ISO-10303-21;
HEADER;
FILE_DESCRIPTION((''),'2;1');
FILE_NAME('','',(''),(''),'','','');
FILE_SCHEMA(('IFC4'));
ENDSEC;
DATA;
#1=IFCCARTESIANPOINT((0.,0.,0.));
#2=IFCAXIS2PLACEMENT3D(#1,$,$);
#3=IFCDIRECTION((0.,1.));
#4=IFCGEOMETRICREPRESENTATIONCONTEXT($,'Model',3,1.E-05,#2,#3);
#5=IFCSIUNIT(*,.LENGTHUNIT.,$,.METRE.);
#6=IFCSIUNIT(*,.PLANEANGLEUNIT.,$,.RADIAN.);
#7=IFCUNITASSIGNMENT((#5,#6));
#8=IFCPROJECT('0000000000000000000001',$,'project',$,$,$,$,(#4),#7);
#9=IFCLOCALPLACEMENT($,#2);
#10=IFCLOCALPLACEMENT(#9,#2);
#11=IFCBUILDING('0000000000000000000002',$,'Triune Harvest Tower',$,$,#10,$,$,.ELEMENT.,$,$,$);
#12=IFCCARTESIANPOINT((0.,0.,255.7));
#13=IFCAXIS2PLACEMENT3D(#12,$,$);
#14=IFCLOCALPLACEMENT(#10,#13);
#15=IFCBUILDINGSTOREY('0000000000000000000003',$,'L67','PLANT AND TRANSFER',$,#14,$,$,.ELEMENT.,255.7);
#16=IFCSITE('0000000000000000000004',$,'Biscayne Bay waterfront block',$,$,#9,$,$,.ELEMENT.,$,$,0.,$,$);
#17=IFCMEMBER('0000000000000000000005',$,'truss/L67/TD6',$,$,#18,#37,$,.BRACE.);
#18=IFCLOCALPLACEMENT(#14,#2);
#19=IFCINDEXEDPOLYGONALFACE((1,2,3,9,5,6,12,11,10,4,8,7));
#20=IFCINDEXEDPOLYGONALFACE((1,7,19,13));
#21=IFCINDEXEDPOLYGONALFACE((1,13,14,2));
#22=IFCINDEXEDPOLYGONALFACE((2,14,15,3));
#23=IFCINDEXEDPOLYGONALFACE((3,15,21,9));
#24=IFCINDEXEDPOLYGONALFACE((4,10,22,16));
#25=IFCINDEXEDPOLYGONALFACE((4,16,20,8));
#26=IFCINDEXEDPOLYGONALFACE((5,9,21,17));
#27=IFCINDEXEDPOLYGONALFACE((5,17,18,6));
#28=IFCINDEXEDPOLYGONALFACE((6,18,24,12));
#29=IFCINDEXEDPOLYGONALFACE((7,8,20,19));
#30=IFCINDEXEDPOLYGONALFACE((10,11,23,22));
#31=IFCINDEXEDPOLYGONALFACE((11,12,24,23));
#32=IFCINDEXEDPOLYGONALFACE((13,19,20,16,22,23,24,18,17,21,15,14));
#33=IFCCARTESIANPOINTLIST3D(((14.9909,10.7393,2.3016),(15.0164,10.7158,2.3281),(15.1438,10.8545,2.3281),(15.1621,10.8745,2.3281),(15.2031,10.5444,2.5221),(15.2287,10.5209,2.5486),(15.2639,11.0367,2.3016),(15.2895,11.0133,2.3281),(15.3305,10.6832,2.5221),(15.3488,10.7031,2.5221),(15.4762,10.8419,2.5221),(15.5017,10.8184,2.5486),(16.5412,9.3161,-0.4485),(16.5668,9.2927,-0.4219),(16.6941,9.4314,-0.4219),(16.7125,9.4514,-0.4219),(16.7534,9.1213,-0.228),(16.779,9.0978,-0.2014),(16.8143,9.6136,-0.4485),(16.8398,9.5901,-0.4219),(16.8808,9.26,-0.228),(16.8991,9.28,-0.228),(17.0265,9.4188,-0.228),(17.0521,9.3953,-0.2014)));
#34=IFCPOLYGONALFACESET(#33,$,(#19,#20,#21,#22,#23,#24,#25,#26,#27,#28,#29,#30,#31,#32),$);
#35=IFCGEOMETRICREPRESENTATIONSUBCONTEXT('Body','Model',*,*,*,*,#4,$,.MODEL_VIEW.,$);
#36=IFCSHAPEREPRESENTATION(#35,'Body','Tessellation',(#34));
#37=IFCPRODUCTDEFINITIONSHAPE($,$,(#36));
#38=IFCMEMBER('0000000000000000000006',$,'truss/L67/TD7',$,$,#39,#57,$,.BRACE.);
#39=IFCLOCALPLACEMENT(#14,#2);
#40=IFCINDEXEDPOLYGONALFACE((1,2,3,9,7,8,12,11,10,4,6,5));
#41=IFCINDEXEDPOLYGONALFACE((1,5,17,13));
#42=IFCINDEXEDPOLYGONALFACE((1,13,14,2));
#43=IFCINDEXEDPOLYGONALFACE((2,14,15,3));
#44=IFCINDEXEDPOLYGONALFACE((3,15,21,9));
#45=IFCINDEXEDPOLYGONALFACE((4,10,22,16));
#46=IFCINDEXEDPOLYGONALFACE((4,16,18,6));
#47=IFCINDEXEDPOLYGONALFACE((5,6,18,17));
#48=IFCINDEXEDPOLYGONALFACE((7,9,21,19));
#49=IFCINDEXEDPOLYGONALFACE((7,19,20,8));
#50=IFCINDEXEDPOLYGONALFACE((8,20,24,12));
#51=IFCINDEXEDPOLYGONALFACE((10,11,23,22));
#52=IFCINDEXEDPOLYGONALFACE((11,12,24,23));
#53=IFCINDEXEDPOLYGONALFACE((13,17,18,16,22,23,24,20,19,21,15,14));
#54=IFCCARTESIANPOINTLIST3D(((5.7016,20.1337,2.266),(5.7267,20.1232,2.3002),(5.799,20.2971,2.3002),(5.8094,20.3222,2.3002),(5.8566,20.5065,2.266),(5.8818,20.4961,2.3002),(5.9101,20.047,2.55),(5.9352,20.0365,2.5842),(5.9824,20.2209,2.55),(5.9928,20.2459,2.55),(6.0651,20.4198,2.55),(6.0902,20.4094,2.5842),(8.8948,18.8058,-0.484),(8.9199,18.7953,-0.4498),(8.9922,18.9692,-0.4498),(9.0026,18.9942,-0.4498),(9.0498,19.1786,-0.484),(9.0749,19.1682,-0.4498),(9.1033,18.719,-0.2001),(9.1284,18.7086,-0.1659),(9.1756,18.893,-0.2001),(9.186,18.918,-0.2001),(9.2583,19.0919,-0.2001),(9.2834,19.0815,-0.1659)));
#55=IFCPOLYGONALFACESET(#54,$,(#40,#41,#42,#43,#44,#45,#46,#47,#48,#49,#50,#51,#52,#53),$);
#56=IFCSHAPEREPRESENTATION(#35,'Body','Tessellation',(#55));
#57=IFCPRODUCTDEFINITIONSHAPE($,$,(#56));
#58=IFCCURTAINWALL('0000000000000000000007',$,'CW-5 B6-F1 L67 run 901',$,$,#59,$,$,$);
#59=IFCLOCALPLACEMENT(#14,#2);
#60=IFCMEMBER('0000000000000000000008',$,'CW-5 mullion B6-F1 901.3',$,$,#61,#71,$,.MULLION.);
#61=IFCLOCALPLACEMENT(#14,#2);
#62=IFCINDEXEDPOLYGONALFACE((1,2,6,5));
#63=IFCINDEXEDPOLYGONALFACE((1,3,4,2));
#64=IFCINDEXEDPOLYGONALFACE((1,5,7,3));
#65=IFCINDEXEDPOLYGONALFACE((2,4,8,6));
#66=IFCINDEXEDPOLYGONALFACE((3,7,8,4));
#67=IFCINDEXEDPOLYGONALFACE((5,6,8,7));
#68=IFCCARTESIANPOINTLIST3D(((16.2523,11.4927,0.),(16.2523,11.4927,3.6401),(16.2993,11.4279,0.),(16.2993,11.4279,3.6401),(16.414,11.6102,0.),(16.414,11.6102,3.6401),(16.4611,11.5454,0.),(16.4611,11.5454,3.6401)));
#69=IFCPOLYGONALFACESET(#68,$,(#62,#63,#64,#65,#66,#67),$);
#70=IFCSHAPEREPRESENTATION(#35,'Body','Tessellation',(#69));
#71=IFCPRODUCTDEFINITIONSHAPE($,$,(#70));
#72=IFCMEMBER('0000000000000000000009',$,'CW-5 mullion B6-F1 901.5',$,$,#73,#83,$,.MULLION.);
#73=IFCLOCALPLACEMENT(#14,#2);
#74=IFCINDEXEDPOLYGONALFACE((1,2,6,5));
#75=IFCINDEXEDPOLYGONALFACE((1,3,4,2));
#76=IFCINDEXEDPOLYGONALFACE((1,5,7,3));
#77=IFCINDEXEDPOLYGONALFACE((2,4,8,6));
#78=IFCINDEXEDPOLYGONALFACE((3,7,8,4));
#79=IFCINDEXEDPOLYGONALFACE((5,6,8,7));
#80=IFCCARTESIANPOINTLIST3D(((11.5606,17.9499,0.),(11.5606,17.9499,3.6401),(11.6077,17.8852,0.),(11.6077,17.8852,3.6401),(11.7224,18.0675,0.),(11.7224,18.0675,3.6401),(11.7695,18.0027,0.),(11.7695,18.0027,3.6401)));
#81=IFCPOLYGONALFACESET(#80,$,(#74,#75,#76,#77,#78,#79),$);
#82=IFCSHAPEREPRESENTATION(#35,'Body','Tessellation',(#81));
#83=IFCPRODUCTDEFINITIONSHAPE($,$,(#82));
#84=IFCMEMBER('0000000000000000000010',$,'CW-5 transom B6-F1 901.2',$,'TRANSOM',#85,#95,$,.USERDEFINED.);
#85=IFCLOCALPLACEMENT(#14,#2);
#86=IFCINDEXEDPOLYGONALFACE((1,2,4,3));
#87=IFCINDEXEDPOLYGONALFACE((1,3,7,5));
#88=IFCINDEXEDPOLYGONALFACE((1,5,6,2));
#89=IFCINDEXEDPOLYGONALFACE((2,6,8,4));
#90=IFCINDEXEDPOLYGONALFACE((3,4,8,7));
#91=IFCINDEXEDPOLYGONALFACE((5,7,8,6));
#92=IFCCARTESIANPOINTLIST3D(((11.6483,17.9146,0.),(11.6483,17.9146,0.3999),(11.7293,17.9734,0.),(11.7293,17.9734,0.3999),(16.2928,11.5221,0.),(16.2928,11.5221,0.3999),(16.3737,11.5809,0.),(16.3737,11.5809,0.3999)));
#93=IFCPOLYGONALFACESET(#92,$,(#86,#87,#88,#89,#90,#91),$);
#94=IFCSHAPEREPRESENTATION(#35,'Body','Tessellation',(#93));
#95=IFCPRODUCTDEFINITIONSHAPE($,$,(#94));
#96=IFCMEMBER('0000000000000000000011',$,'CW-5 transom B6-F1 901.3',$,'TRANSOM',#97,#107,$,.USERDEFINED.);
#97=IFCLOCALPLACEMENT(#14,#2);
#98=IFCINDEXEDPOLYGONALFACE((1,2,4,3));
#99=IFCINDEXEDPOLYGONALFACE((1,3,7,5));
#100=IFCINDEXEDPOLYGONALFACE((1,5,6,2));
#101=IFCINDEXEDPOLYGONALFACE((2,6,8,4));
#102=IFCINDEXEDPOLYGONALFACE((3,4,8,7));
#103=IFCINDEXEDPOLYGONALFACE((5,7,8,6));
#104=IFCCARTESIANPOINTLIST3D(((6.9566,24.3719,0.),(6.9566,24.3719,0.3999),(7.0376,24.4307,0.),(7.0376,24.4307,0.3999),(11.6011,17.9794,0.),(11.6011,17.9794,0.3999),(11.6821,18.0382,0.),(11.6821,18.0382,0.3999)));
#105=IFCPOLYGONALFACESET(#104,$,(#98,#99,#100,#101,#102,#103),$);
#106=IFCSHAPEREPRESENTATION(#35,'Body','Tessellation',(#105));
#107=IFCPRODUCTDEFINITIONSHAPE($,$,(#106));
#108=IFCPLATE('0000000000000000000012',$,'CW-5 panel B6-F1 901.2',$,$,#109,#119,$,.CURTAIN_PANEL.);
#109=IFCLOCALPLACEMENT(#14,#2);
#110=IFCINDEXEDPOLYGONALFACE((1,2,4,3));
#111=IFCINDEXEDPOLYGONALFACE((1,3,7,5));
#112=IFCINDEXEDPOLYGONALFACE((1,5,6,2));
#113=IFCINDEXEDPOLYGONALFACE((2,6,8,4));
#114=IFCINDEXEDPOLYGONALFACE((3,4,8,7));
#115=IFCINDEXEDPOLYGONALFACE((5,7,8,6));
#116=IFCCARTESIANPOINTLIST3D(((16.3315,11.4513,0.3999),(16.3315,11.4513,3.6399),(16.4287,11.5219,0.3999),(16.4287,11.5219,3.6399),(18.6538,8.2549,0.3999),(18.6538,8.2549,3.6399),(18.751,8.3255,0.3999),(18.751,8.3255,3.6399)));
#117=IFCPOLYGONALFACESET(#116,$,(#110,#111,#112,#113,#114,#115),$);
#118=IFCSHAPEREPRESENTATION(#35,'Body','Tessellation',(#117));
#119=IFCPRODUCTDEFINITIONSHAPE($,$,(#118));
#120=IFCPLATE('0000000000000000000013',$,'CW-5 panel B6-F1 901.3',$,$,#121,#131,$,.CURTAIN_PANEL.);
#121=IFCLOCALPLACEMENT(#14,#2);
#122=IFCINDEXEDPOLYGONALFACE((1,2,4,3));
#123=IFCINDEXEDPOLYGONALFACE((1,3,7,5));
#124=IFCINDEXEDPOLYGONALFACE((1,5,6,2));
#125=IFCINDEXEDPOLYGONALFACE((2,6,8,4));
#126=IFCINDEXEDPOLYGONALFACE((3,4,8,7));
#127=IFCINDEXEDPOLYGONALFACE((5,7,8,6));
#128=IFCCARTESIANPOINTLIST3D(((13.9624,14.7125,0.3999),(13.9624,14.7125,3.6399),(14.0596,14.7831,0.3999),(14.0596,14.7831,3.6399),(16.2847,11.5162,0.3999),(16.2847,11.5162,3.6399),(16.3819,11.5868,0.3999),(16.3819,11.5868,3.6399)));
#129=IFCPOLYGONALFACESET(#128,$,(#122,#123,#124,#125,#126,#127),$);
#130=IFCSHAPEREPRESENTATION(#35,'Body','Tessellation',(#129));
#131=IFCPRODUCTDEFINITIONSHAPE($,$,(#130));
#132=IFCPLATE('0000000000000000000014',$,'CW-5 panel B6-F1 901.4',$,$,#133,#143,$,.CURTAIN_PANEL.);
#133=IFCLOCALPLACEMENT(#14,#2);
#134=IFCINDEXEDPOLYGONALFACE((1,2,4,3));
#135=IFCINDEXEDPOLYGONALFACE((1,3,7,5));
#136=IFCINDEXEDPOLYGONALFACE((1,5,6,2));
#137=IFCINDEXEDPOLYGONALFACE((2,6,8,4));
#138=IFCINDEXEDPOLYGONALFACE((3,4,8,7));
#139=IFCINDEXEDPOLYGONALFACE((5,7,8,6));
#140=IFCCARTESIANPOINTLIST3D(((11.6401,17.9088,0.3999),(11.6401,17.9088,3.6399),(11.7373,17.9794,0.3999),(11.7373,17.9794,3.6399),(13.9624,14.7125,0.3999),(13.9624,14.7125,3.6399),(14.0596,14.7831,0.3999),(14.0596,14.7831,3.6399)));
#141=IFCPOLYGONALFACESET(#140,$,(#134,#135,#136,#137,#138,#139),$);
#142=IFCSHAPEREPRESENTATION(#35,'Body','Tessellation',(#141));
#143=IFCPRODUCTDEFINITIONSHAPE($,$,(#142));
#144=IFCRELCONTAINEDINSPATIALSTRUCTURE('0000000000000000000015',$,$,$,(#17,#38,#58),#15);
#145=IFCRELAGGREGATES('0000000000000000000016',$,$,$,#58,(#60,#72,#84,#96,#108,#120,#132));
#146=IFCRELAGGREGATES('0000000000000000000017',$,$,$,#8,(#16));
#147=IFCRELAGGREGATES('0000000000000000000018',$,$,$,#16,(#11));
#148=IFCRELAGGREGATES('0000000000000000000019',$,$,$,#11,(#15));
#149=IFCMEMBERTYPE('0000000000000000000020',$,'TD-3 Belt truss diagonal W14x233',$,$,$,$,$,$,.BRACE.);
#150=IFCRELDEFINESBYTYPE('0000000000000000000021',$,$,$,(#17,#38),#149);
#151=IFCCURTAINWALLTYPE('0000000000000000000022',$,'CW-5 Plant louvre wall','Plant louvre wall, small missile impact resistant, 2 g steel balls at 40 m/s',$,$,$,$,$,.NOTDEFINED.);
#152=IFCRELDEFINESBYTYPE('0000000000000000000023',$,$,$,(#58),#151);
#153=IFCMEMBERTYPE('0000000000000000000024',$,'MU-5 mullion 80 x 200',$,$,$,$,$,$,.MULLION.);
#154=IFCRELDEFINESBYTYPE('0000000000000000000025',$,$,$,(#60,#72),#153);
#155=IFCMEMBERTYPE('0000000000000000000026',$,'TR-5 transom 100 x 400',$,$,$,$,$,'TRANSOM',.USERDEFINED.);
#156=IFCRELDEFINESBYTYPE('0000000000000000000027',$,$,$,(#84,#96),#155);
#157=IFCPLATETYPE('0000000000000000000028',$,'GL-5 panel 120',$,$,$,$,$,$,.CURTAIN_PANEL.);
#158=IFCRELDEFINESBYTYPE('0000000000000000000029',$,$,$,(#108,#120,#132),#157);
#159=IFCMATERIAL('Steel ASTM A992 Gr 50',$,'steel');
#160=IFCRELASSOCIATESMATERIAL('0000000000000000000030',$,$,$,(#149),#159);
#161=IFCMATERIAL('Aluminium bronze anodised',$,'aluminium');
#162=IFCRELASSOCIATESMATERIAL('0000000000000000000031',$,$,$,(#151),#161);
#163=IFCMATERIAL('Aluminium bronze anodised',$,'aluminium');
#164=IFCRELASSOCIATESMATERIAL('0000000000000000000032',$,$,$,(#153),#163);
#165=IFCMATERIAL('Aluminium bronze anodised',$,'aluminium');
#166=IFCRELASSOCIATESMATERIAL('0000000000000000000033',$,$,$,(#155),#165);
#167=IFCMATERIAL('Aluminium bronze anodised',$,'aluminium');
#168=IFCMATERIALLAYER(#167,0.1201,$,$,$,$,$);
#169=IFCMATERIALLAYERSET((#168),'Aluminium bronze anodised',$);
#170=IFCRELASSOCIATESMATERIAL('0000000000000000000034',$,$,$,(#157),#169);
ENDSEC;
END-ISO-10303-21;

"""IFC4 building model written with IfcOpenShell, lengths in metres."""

from ifc_helpers import new_model, si_unit, direction, frame, origin, origin_2d, place, context, subcontext, project, spatial, rectangle, i_section, extrude, source, transform, mapped, material, layer, layer_set, material_profile, profile_set, type_object, element, aggregate, save


model = new_model("IFC4")

# Units and contexts
model_context = context("Model", 3, precision=1e-05, world=origin(), true_north=direction((0.0, 1.0)))
body_context = subcontext(model_context, "Body", "Model", "MODEL_VIEW")
ifc_project = project(units=[si_unit("LENGTHUNIT", "METRE"), si_unit("PLANEANGLEUNIT", "RADIAN")], contexts=[model_context])

# Site, building, storey
site_placement = place(None, origin())
site = spatial("IfcSite", under=ifc_project, at=site_placement, Name="Biscayne Bay waterfront block", CompositionType="ELEMENT", RefElevation=0.0)
building_placement = place(site_placement, origin())
building = spatial("IfcBuilding", under=site, at=building_placement, Name="Triune Harvest Tower", CompositionType="ELEMENT")
storey_placement = place(building_placement, frame((0.0, 0.0, 255.7)))
storey = spatial("IfcBuildingStorey", under=building, at=storey_placement, Name="L67", Description="PLANT AND TRANSFER", CompositionType="ELEMENT", Elevation=255.7)

# Members
ifc_material_1 = material(Name="Steel ASTM A992 Gr 50", Category="steel")
ifc_material_profile_1 = material_profile(ifc_material_1, i_section(OverallWidth=0.4038, OverallDepth=0.4065, WebThickness=0.0271, FlangeThickness=0.0437, at=origin_2d()), Name="W14x233")
ifc_profile_set_1 = profile_set([ifc_material_profile_1], Name="Steel ASTM A992 Gr 50")
member_type_1 = type_object("IfcMemberType", Name="TD-3 Belt truss diagonal W14x233", PredefinedType="BRACE", material=ifc_profile_set_1)
shared_shape_1 = source(origin(), body_context, "Body", "SweptSolid", [
    extrude(i_section(OverallWidth=0.4038, OverallDepth=0.4065, WebThickness=0.0271, FlangeThickness=0.0437, at=origin_2d()), origin(), (0.0, 0.0, 1.0), 3.4629),
])
member_1_placement = place(storey_placement, frame((16.7966, 9.3557, -0.325), z_axis=(-0.447697, 0.410965, 0.794151), x_axis=(-0.676239, -0.736682, 0.0)))
element("IfcMember", 1, at=member_1_placement, inside=storey, type_object=member_type_1, Name="truss/L67/TD6", PredefinedType="BRACE", context=body_context, shape_type="MappedRepresentation", body=[
    mapped(shared_shape_1, transform((0.0, 0.0, 0.0), scale=1.0)),
])
shared_shape_2 = source(origin(), body_context, "Body", "SweptSolid", [
    extrude(i_section(OverallWidth=0.4038, OverallDepth=0.4065, WebThickness=0.0271, FlangeThickness=0.0437, at=origin_2d()), origin(), (0.0, 0.0, 1.0), 4.4185),
])
member_2_placement = place(storey_placement, frame((9.0891, 18.9436, -0.325), z_axis=(-0.722695, 0.300538, 0.622405), x_axis=(-0.383979, -0.923342, 0.0)))
element("IfcMember", 2, at=member_2_placement, inside=storey, type_object=member_type_1, Name="truss/L67/TD7", PredefinedType="BRACE", context=body_context, shape_type="MappedRepresentation", body=[
    mapped(shared_shape_2, transform((0.0, 0.0, 0.0), scale=1.0)),
])

# Curtain wall, members, plates
ifc_material_2 = material(Name="Aluminium bronze anodised", Category="aluminium")
curtain_wall_type = type_object("IfcCurtainWallType", Name="CW-5 Plant louvre wall", Description="Plant louvre wall, small missile impact resistant, 2 g steel balls at 40 m/s", PredefinedType="NOTDEFINED", material=ifc_material_2)
curtain_wall_placement = place(storey_placement, origin())
curtain_wall = element("IfcCurtainWall", 3, at=curtain_wall_placement, inside=storey, type_object=curtain_wall_type, Name="CW-5 B6-F1 L67 run 901")
ifc_material_3 = material(Name="Aluminium bronze anodised", Category="aluminium")
ifc_material_profile_2 = material_profile(ifc_material_3, rectangle(XDim=0.2, YDim=0.0801, at=origin_2d()), Name="MU-5 mullion 80 x 200")
ifc_profile_set_2 = profile_set([ifc_material_profile_2], Name="Aluminium bronze anodised")
member_type_2 = type_object("IfcMemberType", Name="MU-5 mullion 80 x 200", PredefinedType="MULLION", material=ifc_profile_set_2)
shared_shape_3 = source(origin(), body_context, "Body", "SweptSolid", [
    extrude(rectangle(XDim=0.2, YDim=0.0801, at=origin_2d()), origin(), (0.0, 0.0, 1.0), 3.6401),
])
member_3_placement = place(storey_placement, frame((16.3567, 11.519, 0.0), z_axis=(0.0, 0.0, 1.0), x_axis=(-0.809016, -0.587786, 0.0)))
member_3 = element("IfcMember", 4, at=member_3_placement, type_object=member_type_2, Name="CW-5 mullion B6-F1 901.3", PredefinedType="MULLION", context=body_context, shape_type="MappedRepresentation", body=[
    mapped(shared_shape_3, transform((0.0, 0.0, 0.0), scale=1.0)),
])
member_4_placement = place(storey_placement, frame((11.665, 17.9763, 0.0), z_axis=(0.0, 0.0, 1.0), x_axis=(-0.809016, -0.587786, 0.0)))
member_4 = element("IfcMember", 5, at=member_4_placement, type_object=member_type_2, Name="CW-5 mullion B6-F1 901.5", PredefinedType="MULLION", context=body_context, shape_type="MappedRepresentation", body=[
    mapped(shared_shape_3, transform((0.0, 0.0, 0.0), scale=1.0)),
])
ifc_material_4 = material(Name="Aluminium bronze anodised", Category="aluminium")
ifc_material_profile_3 = material_profile(ifc_material_4, rectangle(XDim=0.1001, YDim=0.3999, at=origin_2d()), Name="TR-5 transom 100 x 400")
ifc_profile_set_3 = profile_set([ifc_material_profile_3], Name="Aluminium bronze anodised")
member_type_3 = type_object("IfcMemberType", Name="TR-5 transom 100 x 400", ElementType="TRANSOM", PredefinedType="USERDEFINED", material=ifc_profile_set_3)
shared_shape_4 = source(origin(), body_context, "Body", "SweptSolid", [
    extrude(rectangle(XDim=0.1001, YDim=0.3999, at=origin_2d()), origin(), (0.0, 0.0, 1.0), 7.9016),
])
member_5_placement = place(storey_placement, frame((16.3333, 11.5515, 0.2), z_axis=(-0.58779, 0.809014, 0.0), x_axis=(-0.809014, -0.58779, 0.0)))
member_5 = element("IfcMember", 6, at=member_5_placement, type_object=member_type_3, Name="CW-5 transom B6-F1 901.2", ObjectType="TRANSOM", PredefinedType="USERDEFINED", context=body_context, shape_type="MappedRepresentation", body=[
    mapped(shared_shape_4, transform((0.0, 0.0, 0.0), scale=1.0)),
])
member_6_placement = place(storey_placement, frame((11.6416, 18.0088, 0.2), z_axis=(-0.58779, 0.809014, 0.0), x_axis=(-0.809014, -0.58779, 0.0)))
member_6 = element("IfcMember", 7, at=member_6_placement, type_object=member_type_3, Name="CW-5 transom B6-F1 901.3", ObjectType="TRANSOM", PredefinedType="USERDEFINED", context=body_context, shape_type="MappedRepresentation", body=[
    mapped(shared_shape_4, transform((0.0, 0.0, 0.0), scale=1.0)),
])
ifc_material_5 = material(Name="Aluminium bronze anodised", Category="aluminium")
ifc_layer = layer(ifc_material_5, 0.1201)
ifc_layer_set = layer_set([ifc_layer], Name="Aluminium bronze anodised")
plate_type = type_object("IfcPlateType", Name="GL-5 panel 120", PredefinedType="CURTAIN_PANEL", material=ifc_layer_set)
shared_shape_5 = source(origin(), body_context, "Body", "SweptSolid", [
    extrude(rectangle(XDim=3.9509, YDim=0.1201, at=origin_2d()), origin(), (0.0, 0.0, 1.0), 3.24),
])
plate_1_placement = place(storey_placement, frame((17.5413, 9.8884, 0.3999), z_axis=(0.0, 0.0, 1.0), x_axis=(-0.587786, 0.809016, 0.0)))
plate_1 = element("IfcPlate", 8, at=plate_1_placement, type_object=plate_type, Name="CW-5 panel B6-F1 901.2", PredefinedType="CURTAIN_PANEL", context=body_context, shape_type="MappedRepresentation", body=[
    mapped(shared_shape_5, transform((0.0, 0.0, 0.0), scale=1.0)),
])
plate_2_placement = place(storey_placement, frame((15.1721, 13.1497, 0.3999), z_axis=(0.0, 0.0, 1.0), x_axis=(-0.587786, 0.809016, 0.0)))
plate_2 = element("IfcPlate", 9, at=plate_2_placement, type_object=plate_type, Name="CW-5 panel B6-F1 901.3", PredefinedType="CURTAIN_PANEL", context=body_context, shape_type="MappedRepresentation", body=[
    mapped(shared_shape_5, transform((0.0, 0.0, 0.0), scale=1.0)),
])
plate_3_placement = place(storey_placement, frame((12.8499, 16.3459, 0.3999), z_axis=(0.0, 0.0, 1.0), x_axis=(-0.587786, 0.809016, 0.0)))
plate_3 = element("IfcPlate", 10, at=plate_3_placement, type_object=plate_type, Name="CW-5 panel B6-F1 901.4", PredefinedType="CURTAIN_PANEL", context=body_context, shape_type="MappedRepresentation", body=[
    mapped(shared_shape_5, transform((0.0, 0.0, 0.0), scale=1.0)),
])
aggregate(curtain_wall, [member_3, member_4, member_5, member_6, plate_1, plate_2, plate_3])

save(model, "model.ifc")
